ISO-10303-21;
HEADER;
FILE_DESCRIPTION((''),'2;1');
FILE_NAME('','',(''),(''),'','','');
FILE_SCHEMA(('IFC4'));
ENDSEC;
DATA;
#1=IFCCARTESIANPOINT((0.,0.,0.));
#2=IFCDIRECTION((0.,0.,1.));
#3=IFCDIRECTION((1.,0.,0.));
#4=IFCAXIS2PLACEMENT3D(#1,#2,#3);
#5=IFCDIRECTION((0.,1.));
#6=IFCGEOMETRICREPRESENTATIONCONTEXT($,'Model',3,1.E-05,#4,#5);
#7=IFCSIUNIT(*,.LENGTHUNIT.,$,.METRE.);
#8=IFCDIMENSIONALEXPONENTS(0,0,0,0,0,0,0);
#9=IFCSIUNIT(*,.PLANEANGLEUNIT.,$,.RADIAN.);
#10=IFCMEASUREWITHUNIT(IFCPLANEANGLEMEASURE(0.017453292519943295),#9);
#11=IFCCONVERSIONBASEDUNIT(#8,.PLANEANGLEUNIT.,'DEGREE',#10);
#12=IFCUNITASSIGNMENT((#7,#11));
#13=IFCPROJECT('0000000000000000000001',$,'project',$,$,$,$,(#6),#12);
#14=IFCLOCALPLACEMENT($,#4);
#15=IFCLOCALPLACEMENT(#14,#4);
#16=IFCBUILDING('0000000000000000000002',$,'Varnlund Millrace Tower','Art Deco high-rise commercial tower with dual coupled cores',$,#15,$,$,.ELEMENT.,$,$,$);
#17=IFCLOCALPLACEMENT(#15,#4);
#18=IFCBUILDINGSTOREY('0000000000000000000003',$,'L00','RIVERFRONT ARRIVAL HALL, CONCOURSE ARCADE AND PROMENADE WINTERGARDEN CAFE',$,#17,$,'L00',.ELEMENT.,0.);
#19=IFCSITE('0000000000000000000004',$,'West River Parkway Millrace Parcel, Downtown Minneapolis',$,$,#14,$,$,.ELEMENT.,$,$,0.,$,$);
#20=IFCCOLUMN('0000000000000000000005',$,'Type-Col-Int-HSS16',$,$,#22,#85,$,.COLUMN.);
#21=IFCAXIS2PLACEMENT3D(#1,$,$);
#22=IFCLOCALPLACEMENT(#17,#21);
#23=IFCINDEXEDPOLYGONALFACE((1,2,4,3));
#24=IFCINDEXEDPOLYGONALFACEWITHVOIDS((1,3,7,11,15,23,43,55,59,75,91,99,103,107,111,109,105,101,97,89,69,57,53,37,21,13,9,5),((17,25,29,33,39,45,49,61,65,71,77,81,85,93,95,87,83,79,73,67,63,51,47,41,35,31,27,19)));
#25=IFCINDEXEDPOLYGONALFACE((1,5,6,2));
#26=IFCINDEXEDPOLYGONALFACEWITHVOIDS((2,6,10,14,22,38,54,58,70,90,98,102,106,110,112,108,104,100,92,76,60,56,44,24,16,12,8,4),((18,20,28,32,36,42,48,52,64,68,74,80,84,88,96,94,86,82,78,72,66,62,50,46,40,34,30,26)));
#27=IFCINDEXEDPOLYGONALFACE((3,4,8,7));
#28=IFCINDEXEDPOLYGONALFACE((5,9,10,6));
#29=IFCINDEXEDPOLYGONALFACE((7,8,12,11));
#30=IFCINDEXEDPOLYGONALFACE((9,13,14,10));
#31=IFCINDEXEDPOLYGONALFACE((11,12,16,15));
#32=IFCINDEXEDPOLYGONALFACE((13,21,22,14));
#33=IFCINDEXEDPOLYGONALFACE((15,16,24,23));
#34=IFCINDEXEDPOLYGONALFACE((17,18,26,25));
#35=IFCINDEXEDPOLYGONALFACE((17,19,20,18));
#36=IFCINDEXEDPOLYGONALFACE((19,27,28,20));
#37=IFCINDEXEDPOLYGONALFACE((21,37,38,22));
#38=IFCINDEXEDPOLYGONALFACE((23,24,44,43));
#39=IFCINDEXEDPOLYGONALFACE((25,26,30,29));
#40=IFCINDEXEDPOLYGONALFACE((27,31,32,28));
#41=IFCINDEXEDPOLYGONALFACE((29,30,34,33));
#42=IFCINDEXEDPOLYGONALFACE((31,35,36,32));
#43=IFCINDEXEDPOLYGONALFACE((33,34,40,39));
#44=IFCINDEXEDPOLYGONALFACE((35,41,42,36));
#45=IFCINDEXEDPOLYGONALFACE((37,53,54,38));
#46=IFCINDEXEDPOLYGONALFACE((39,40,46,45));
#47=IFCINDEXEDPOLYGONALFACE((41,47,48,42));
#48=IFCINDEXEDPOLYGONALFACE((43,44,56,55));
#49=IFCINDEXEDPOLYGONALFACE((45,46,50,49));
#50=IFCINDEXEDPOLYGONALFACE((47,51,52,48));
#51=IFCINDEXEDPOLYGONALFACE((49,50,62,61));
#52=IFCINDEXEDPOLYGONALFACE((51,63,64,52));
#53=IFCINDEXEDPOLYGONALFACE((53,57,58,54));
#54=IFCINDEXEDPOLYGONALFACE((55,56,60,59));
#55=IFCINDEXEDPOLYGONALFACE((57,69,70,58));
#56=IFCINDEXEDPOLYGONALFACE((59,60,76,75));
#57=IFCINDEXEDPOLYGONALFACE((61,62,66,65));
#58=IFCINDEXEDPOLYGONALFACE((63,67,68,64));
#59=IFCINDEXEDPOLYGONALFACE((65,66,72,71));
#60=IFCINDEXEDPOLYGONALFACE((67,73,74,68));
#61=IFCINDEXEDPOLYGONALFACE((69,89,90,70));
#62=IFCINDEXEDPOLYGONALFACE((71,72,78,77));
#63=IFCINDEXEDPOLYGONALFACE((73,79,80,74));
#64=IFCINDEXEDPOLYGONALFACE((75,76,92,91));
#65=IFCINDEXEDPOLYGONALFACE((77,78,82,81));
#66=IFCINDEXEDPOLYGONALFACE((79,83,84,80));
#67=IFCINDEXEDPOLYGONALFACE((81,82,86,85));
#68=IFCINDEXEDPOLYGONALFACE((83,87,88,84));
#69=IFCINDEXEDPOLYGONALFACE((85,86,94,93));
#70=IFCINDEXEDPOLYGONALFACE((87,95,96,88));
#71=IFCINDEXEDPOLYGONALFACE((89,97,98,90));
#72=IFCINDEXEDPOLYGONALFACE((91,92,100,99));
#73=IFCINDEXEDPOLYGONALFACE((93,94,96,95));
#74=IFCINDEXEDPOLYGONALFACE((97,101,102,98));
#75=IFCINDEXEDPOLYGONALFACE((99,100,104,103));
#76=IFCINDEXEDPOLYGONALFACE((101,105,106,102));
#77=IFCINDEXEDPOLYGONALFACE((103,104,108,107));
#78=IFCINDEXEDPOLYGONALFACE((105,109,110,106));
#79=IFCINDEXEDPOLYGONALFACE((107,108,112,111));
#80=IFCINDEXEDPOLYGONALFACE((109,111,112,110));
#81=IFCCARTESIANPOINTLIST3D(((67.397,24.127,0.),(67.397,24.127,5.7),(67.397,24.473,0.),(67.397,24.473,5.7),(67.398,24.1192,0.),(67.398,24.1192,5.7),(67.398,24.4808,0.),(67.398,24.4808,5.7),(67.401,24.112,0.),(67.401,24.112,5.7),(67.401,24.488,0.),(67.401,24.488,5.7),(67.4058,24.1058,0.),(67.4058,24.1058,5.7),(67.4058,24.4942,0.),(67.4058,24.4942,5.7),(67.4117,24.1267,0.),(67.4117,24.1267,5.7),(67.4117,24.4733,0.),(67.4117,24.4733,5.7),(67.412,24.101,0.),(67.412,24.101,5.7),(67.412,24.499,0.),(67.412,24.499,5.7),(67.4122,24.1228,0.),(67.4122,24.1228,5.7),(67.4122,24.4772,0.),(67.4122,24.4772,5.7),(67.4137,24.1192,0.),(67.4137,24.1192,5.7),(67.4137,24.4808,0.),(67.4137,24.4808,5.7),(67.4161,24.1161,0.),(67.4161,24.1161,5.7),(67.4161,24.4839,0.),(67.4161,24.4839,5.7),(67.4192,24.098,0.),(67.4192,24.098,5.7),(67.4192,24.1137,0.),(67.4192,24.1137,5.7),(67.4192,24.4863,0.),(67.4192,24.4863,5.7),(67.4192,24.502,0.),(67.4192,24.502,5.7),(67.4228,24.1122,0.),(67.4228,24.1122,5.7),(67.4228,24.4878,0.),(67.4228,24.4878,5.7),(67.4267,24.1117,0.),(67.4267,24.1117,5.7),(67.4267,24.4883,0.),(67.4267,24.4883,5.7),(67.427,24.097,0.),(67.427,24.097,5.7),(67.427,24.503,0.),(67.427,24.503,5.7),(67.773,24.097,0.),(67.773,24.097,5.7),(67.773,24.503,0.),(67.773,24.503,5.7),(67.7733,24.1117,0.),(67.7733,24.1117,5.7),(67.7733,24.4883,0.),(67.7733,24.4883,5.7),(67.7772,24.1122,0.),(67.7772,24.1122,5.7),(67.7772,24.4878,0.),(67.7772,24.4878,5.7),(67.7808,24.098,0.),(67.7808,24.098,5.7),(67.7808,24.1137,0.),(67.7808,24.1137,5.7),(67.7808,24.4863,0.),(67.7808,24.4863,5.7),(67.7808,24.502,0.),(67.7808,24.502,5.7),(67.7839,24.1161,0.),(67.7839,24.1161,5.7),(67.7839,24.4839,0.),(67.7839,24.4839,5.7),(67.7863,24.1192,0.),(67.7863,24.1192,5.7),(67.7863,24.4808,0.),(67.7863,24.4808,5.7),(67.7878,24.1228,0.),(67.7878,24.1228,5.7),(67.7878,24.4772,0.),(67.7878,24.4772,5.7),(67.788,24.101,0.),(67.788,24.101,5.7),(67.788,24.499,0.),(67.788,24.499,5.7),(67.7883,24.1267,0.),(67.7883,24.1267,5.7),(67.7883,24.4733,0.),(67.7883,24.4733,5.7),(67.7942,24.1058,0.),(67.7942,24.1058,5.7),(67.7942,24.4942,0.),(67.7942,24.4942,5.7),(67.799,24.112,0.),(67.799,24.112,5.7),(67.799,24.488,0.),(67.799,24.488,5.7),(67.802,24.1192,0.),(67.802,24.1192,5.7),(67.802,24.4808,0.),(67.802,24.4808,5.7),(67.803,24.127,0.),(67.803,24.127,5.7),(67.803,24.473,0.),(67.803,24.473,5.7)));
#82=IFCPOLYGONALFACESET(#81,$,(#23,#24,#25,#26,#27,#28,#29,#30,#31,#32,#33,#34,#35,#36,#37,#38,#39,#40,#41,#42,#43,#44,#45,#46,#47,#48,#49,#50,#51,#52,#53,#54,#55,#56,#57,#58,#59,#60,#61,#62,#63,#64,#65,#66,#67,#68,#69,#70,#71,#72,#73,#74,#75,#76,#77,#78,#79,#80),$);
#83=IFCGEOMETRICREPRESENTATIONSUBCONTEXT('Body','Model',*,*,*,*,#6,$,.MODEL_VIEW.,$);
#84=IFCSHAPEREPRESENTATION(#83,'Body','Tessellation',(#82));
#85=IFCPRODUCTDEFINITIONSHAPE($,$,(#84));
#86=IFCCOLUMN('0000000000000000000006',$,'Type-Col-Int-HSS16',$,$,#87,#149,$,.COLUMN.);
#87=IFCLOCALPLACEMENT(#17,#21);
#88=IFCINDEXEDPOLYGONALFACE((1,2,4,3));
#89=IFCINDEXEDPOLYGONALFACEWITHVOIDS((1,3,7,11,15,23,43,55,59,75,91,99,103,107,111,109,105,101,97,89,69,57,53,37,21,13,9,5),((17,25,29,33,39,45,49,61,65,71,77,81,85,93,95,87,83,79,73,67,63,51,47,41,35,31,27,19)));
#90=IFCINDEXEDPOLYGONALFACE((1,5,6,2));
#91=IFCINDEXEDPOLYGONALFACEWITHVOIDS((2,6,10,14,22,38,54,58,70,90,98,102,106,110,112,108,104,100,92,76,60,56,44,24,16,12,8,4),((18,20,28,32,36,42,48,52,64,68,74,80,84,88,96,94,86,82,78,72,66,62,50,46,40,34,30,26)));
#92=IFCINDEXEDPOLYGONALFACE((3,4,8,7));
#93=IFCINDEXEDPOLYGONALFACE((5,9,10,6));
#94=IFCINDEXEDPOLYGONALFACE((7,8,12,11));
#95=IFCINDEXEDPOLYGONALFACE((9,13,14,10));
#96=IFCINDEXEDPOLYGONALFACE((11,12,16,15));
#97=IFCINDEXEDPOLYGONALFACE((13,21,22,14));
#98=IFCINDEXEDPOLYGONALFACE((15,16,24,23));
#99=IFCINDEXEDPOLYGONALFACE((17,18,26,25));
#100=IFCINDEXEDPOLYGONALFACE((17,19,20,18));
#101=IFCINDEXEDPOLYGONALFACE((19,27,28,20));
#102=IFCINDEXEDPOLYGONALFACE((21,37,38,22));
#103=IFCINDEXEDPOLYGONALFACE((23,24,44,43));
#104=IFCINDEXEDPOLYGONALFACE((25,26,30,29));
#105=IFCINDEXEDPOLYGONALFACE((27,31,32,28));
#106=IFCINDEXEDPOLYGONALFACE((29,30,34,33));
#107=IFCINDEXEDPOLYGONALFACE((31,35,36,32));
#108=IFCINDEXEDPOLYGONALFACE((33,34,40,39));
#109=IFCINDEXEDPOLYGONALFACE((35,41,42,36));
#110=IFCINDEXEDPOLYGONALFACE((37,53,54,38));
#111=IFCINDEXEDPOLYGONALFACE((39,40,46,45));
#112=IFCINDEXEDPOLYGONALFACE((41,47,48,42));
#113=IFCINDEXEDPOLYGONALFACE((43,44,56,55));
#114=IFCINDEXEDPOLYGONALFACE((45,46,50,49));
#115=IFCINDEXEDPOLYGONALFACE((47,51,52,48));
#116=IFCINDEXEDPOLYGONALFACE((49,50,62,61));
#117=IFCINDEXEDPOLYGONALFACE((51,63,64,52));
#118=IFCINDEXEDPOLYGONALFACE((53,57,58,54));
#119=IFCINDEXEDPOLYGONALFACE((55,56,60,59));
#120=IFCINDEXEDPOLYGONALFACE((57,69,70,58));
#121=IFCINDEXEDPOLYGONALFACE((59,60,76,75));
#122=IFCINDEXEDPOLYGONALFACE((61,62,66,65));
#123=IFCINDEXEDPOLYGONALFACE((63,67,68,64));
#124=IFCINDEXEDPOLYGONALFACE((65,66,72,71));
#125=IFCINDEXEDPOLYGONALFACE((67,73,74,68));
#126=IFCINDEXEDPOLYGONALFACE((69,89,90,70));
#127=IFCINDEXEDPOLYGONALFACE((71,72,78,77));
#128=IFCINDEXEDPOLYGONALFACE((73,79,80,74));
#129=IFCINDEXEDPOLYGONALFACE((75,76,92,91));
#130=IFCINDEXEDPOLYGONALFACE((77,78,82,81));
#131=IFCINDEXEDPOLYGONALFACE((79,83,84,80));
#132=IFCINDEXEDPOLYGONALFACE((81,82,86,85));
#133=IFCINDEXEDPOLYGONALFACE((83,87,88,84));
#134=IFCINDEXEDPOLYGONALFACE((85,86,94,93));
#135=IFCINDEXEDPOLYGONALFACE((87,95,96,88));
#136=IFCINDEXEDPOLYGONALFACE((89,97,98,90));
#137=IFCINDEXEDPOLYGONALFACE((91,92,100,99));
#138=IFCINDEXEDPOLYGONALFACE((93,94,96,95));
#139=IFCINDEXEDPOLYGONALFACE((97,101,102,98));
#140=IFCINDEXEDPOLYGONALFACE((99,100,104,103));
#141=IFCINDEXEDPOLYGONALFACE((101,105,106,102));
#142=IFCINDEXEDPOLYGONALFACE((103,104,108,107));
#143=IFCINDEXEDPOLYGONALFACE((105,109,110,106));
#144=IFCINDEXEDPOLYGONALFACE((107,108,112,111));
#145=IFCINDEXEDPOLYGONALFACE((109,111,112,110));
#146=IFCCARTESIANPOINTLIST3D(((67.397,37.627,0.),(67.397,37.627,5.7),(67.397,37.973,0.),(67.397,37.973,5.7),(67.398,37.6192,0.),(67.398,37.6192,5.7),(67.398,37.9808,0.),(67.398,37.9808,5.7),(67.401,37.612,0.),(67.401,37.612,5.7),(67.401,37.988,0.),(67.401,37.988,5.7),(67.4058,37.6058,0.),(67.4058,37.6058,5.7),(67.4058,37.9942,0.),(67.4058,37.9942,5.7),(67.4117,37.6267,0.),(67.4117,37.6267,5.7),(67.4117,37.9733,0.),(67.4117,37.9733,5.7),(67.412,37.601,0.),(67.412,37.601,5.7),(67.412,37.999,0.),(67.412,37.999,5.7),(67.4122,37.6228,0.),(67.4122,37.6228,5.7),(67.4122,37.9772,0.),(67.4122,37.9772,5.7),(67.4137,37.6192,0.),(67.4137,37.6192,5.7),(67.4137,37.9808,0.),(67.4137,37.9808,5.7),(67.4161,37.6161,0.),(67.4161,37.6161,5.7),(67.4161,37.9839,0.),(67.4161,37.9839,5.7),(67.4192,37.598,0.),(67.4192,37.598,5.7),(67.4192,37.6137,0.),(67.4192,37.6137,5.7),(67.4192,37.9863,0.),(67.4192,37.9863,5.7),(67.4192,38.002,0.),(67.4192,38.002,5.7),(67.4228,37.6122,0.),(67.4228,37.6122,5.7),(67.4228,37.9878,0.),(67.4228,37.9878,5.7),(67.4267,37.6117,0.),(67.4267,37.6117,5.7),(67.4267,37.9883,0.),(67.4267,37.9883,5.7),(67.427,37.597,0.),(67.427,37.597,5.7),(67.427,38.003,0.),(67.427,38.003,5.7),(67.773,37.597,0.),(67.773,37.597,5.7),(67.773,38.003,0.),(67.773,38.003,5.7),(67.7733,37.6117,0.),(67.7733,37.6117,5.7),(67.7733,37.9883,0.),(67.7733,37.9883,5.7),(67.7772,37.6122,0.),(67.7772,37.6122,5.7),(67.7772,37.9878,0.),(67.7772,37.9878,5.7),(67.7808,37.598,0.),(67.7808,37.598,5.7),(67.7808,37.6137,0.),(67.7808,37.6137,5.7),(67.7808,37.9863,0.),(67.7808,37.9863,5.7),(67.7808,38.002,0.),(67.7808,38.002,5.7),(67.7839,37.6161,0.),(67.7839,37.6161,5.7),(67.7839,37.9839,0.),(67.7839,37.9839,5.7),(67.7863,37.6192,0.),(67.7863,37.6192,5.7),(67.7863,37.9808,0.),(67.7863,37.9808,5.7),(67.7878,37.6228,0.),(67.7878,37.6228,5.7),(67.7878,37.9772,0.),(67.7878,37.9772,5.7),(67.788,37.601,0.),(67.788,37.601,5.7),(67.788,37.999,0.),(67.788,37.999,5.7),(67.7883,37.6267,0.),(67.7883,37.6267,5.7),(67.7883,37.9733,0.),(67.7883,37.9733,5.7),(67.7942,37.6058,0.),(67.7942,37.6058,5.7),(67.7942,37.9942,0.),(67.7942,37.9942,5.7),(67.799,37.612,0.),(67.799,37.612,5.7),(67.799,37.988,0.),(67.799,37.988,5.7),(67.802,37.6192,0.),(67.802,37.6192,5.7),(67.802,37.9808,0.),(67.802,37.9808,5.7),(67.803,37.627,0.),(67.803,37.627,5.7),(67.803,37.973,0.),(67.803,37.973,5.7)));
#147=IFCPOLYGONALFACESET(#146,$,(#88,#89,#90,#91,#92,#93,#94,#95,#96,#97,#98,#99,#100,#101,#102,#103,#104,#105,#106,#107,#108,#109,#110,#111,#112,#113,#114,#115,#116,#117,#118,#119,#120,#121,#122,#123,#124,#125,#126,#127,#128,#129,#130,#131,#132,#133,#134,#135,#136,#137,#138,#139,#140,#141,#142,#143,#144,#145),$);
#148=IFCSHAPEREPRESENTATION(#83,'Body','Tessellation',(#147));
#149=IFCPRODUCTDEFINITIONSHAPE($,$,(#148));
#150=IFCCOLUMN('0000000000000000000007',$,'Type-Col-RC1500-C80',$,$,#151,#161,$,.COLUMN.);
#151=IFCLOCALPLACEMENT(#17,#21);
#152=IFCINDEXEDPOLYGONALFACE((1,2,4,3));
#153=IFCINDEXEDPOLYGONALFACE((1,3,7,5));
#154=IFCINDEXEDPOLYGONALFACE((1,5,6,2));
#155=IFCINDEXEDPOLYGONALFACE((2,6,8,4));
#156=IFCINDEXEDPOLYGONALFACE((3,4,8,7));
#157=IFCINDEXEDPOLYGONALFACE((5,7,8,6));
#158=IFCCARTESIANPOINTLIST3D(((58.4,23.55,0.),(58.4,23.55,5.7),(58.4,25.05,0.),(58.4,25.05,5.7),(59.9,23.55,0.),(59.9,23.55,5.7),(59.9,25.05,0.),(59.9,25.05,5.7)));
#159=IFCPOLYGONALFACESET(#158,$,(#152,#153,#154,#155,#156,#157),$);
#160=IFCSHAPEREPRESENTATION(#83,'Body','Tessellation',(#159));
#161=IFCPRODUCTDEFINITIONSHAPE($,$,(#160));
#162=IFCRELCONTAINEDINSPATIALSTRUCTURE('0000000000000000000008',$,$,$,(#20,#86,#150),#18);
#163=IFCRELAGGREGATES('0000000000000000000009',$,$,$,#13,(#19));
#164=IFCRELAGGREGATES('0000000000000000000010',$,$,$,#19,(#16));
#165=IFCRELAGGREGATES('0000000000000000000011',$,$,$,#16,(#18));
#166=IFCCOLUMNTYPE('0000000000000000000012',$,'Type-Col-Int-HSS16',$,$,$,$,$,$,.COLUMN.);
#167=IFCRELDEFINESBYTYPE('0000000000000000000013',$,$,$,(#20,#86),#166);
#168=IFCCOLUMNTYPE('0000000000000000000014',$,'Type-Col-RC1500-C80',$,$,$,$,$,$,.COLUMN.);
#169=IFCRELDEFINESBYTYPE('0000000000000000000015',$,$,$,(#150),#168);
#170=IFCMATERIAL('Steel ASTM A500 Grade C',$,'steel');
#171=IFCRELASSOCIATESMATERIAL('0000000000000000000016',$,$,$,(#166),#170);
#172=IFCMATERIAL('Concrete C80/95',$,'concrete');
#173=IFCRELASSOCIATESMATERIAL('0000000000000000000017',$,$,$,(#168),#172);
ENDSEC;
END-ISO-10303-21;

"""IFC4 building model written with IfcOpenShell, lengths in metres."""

from ifc_helpers import new_model, entity, si_unit, converted_unit, direction, frame, origin_with_axes, origin_2d_with_axis, place, context, subcontext, project, spatial, rectangle, hollow_rectangle, extrude, material, material_profile, profile_set, type_object, element, save


model = new_model("IFC4")

# Units and contexts
model_context = context("Model", 3, precision=1e-05, world=origin_with_axes(), true_north=direction((0.0, 1.0)))
body_context = subcontext(model_context, "Body", "Model", "MODEL_VIEW")
ifc_project = project(units=[si_unit("LENGTHUNIT", "METRE"), converted_unit("PLANEANGLEUNIT", "DEGREE", entity("IfcPlaneAngleMeasure", 0.017453292519943295), si_unit("PLANEANGLEUNIT", "RADIAN"), dimensions=[0, 0, 0, 0, 0, 0, 0])], contexts=[model_context])

# Site, building, storey
site_placement = place(None, origin_with_axes())
site = spatial("IfcSite", under=ifc_project, at=site_placement, Name="West River Parkway Millrace Parcel, Downtown Minneapolis", CompositionType="ELEMENT", RefElevation=0.0)
building_placement = place(site_placement, origin_with_axes())
building = spatial("IfcBuilding", under=site, at=building_placement, Name="Varnlund Millrace Tower", Description="Art Deco high-rise commercial tower with dual coupled cores", CompositionType="ELEMENT")
storey_placement = place(building_placement, origin_with_axes())
storey = spatial("IfcBuildingStorey", under=building, at=storey_placement, Name="L00", Description="RIVERFRONT ARRIVAL HALL, CONCOURSE ARCADE AND PROMENADE WINTERGARDEN CAFE", LongName="L00", CompositionType="ELEMENT", Elevation=0.0)

# Columns
ifc_material_1 = material(Name="Steel ASTM A500 Grade C", Category="steel")
ifc_material_profile_1 = material_profile(ifc_material_1, hollow_rectangle(XDim=0.406, YDim=0.406, WallThickness=0.0147, InnerFilletRadius=0.015, OuterFilletRadius=0.03, at=origin_2d_with_axis()), Name="Steel ASTM A500 Grade C")
ifc_profile_set_1 = profile_set([ifc_material_profile_1], Name="Steel ASTM A500 Grade C")
column_type_1 = type_object("IfcColumnType", Name="Type-Col-Int-HSS16", PredefinedType="COLUMN", material=ifc_profile_set_1)
for number, where, z_axis, x_axis, name in (
    (1, (67.6, 24.3, 0.0), (0.0, 0.0, 1.0), (1.0, 0.0, 0.0), "Type-Col-Int-HSS16"),
    (2, (67.6, 37.8, 0.0), (0.0, 0.0, 1.0), (1.0, 0.0, 0.0), "Type-Col-Int-HSS16"),
):
    element("IfcColumn", number, at=place(storey_placement, frame(where, z_axis=z_axis, x_axis=x_axis)), inside=storey, type_object=column_type_1, Name=name, PredefinedType="COLUMN", context=body_context, shape_type="SweptSolid", body=[
        extrude(hollow_rectangle(XDim=0.406, YDim=0.406, WallThickness=0.0147, InnerFilletRadius=0.015, OuterFilletRadius=0.03, at=origin_2d_with_axis()), origin_with_axes(), (0.0, 0.0, 1.0), 5.7),
    ])
ifc_material_2 = material(Name="Concrete C80/95", Category="concrete")
ifc_material_profile_2 = material_profile(ifc_material_2, rectangle(XDim=1.5, YDim=1.5, at=origin_2d_with_axis()), Name="Concrete C80/95")
ifc_profile_set_2 = profile_set([ifc_material_profile_2], Name="Concrete C80/95")
column_type_2 = type_object("IfcColumnType", Name="Type-Col-RC1500-C80", PredefinedType="COLUMN", material=ifc_profile_set_2)
column_placement = place(storey_placement, frame((59.15, 24.3, 0.0), z_axis=(0.0, 0.0, 1.0), x_axis=(1.0, 0.0, 0.0)))
element("IfcColumn", 3, at=column_placement, inside=storey, type_object=column_type_2, Name="Type-Col-RC1500-C80", PredefinedType="COLUMN", context=body_context, shape_type="SweptSolid", body=[
    extrude(rectangle(XDim=1.5, YDim=1.5, at=origin_2d_with_axis()), origin_with_axes(), (0.0, 0.0, 1.0), 5.7),
])

save(model, "model.ifc")
